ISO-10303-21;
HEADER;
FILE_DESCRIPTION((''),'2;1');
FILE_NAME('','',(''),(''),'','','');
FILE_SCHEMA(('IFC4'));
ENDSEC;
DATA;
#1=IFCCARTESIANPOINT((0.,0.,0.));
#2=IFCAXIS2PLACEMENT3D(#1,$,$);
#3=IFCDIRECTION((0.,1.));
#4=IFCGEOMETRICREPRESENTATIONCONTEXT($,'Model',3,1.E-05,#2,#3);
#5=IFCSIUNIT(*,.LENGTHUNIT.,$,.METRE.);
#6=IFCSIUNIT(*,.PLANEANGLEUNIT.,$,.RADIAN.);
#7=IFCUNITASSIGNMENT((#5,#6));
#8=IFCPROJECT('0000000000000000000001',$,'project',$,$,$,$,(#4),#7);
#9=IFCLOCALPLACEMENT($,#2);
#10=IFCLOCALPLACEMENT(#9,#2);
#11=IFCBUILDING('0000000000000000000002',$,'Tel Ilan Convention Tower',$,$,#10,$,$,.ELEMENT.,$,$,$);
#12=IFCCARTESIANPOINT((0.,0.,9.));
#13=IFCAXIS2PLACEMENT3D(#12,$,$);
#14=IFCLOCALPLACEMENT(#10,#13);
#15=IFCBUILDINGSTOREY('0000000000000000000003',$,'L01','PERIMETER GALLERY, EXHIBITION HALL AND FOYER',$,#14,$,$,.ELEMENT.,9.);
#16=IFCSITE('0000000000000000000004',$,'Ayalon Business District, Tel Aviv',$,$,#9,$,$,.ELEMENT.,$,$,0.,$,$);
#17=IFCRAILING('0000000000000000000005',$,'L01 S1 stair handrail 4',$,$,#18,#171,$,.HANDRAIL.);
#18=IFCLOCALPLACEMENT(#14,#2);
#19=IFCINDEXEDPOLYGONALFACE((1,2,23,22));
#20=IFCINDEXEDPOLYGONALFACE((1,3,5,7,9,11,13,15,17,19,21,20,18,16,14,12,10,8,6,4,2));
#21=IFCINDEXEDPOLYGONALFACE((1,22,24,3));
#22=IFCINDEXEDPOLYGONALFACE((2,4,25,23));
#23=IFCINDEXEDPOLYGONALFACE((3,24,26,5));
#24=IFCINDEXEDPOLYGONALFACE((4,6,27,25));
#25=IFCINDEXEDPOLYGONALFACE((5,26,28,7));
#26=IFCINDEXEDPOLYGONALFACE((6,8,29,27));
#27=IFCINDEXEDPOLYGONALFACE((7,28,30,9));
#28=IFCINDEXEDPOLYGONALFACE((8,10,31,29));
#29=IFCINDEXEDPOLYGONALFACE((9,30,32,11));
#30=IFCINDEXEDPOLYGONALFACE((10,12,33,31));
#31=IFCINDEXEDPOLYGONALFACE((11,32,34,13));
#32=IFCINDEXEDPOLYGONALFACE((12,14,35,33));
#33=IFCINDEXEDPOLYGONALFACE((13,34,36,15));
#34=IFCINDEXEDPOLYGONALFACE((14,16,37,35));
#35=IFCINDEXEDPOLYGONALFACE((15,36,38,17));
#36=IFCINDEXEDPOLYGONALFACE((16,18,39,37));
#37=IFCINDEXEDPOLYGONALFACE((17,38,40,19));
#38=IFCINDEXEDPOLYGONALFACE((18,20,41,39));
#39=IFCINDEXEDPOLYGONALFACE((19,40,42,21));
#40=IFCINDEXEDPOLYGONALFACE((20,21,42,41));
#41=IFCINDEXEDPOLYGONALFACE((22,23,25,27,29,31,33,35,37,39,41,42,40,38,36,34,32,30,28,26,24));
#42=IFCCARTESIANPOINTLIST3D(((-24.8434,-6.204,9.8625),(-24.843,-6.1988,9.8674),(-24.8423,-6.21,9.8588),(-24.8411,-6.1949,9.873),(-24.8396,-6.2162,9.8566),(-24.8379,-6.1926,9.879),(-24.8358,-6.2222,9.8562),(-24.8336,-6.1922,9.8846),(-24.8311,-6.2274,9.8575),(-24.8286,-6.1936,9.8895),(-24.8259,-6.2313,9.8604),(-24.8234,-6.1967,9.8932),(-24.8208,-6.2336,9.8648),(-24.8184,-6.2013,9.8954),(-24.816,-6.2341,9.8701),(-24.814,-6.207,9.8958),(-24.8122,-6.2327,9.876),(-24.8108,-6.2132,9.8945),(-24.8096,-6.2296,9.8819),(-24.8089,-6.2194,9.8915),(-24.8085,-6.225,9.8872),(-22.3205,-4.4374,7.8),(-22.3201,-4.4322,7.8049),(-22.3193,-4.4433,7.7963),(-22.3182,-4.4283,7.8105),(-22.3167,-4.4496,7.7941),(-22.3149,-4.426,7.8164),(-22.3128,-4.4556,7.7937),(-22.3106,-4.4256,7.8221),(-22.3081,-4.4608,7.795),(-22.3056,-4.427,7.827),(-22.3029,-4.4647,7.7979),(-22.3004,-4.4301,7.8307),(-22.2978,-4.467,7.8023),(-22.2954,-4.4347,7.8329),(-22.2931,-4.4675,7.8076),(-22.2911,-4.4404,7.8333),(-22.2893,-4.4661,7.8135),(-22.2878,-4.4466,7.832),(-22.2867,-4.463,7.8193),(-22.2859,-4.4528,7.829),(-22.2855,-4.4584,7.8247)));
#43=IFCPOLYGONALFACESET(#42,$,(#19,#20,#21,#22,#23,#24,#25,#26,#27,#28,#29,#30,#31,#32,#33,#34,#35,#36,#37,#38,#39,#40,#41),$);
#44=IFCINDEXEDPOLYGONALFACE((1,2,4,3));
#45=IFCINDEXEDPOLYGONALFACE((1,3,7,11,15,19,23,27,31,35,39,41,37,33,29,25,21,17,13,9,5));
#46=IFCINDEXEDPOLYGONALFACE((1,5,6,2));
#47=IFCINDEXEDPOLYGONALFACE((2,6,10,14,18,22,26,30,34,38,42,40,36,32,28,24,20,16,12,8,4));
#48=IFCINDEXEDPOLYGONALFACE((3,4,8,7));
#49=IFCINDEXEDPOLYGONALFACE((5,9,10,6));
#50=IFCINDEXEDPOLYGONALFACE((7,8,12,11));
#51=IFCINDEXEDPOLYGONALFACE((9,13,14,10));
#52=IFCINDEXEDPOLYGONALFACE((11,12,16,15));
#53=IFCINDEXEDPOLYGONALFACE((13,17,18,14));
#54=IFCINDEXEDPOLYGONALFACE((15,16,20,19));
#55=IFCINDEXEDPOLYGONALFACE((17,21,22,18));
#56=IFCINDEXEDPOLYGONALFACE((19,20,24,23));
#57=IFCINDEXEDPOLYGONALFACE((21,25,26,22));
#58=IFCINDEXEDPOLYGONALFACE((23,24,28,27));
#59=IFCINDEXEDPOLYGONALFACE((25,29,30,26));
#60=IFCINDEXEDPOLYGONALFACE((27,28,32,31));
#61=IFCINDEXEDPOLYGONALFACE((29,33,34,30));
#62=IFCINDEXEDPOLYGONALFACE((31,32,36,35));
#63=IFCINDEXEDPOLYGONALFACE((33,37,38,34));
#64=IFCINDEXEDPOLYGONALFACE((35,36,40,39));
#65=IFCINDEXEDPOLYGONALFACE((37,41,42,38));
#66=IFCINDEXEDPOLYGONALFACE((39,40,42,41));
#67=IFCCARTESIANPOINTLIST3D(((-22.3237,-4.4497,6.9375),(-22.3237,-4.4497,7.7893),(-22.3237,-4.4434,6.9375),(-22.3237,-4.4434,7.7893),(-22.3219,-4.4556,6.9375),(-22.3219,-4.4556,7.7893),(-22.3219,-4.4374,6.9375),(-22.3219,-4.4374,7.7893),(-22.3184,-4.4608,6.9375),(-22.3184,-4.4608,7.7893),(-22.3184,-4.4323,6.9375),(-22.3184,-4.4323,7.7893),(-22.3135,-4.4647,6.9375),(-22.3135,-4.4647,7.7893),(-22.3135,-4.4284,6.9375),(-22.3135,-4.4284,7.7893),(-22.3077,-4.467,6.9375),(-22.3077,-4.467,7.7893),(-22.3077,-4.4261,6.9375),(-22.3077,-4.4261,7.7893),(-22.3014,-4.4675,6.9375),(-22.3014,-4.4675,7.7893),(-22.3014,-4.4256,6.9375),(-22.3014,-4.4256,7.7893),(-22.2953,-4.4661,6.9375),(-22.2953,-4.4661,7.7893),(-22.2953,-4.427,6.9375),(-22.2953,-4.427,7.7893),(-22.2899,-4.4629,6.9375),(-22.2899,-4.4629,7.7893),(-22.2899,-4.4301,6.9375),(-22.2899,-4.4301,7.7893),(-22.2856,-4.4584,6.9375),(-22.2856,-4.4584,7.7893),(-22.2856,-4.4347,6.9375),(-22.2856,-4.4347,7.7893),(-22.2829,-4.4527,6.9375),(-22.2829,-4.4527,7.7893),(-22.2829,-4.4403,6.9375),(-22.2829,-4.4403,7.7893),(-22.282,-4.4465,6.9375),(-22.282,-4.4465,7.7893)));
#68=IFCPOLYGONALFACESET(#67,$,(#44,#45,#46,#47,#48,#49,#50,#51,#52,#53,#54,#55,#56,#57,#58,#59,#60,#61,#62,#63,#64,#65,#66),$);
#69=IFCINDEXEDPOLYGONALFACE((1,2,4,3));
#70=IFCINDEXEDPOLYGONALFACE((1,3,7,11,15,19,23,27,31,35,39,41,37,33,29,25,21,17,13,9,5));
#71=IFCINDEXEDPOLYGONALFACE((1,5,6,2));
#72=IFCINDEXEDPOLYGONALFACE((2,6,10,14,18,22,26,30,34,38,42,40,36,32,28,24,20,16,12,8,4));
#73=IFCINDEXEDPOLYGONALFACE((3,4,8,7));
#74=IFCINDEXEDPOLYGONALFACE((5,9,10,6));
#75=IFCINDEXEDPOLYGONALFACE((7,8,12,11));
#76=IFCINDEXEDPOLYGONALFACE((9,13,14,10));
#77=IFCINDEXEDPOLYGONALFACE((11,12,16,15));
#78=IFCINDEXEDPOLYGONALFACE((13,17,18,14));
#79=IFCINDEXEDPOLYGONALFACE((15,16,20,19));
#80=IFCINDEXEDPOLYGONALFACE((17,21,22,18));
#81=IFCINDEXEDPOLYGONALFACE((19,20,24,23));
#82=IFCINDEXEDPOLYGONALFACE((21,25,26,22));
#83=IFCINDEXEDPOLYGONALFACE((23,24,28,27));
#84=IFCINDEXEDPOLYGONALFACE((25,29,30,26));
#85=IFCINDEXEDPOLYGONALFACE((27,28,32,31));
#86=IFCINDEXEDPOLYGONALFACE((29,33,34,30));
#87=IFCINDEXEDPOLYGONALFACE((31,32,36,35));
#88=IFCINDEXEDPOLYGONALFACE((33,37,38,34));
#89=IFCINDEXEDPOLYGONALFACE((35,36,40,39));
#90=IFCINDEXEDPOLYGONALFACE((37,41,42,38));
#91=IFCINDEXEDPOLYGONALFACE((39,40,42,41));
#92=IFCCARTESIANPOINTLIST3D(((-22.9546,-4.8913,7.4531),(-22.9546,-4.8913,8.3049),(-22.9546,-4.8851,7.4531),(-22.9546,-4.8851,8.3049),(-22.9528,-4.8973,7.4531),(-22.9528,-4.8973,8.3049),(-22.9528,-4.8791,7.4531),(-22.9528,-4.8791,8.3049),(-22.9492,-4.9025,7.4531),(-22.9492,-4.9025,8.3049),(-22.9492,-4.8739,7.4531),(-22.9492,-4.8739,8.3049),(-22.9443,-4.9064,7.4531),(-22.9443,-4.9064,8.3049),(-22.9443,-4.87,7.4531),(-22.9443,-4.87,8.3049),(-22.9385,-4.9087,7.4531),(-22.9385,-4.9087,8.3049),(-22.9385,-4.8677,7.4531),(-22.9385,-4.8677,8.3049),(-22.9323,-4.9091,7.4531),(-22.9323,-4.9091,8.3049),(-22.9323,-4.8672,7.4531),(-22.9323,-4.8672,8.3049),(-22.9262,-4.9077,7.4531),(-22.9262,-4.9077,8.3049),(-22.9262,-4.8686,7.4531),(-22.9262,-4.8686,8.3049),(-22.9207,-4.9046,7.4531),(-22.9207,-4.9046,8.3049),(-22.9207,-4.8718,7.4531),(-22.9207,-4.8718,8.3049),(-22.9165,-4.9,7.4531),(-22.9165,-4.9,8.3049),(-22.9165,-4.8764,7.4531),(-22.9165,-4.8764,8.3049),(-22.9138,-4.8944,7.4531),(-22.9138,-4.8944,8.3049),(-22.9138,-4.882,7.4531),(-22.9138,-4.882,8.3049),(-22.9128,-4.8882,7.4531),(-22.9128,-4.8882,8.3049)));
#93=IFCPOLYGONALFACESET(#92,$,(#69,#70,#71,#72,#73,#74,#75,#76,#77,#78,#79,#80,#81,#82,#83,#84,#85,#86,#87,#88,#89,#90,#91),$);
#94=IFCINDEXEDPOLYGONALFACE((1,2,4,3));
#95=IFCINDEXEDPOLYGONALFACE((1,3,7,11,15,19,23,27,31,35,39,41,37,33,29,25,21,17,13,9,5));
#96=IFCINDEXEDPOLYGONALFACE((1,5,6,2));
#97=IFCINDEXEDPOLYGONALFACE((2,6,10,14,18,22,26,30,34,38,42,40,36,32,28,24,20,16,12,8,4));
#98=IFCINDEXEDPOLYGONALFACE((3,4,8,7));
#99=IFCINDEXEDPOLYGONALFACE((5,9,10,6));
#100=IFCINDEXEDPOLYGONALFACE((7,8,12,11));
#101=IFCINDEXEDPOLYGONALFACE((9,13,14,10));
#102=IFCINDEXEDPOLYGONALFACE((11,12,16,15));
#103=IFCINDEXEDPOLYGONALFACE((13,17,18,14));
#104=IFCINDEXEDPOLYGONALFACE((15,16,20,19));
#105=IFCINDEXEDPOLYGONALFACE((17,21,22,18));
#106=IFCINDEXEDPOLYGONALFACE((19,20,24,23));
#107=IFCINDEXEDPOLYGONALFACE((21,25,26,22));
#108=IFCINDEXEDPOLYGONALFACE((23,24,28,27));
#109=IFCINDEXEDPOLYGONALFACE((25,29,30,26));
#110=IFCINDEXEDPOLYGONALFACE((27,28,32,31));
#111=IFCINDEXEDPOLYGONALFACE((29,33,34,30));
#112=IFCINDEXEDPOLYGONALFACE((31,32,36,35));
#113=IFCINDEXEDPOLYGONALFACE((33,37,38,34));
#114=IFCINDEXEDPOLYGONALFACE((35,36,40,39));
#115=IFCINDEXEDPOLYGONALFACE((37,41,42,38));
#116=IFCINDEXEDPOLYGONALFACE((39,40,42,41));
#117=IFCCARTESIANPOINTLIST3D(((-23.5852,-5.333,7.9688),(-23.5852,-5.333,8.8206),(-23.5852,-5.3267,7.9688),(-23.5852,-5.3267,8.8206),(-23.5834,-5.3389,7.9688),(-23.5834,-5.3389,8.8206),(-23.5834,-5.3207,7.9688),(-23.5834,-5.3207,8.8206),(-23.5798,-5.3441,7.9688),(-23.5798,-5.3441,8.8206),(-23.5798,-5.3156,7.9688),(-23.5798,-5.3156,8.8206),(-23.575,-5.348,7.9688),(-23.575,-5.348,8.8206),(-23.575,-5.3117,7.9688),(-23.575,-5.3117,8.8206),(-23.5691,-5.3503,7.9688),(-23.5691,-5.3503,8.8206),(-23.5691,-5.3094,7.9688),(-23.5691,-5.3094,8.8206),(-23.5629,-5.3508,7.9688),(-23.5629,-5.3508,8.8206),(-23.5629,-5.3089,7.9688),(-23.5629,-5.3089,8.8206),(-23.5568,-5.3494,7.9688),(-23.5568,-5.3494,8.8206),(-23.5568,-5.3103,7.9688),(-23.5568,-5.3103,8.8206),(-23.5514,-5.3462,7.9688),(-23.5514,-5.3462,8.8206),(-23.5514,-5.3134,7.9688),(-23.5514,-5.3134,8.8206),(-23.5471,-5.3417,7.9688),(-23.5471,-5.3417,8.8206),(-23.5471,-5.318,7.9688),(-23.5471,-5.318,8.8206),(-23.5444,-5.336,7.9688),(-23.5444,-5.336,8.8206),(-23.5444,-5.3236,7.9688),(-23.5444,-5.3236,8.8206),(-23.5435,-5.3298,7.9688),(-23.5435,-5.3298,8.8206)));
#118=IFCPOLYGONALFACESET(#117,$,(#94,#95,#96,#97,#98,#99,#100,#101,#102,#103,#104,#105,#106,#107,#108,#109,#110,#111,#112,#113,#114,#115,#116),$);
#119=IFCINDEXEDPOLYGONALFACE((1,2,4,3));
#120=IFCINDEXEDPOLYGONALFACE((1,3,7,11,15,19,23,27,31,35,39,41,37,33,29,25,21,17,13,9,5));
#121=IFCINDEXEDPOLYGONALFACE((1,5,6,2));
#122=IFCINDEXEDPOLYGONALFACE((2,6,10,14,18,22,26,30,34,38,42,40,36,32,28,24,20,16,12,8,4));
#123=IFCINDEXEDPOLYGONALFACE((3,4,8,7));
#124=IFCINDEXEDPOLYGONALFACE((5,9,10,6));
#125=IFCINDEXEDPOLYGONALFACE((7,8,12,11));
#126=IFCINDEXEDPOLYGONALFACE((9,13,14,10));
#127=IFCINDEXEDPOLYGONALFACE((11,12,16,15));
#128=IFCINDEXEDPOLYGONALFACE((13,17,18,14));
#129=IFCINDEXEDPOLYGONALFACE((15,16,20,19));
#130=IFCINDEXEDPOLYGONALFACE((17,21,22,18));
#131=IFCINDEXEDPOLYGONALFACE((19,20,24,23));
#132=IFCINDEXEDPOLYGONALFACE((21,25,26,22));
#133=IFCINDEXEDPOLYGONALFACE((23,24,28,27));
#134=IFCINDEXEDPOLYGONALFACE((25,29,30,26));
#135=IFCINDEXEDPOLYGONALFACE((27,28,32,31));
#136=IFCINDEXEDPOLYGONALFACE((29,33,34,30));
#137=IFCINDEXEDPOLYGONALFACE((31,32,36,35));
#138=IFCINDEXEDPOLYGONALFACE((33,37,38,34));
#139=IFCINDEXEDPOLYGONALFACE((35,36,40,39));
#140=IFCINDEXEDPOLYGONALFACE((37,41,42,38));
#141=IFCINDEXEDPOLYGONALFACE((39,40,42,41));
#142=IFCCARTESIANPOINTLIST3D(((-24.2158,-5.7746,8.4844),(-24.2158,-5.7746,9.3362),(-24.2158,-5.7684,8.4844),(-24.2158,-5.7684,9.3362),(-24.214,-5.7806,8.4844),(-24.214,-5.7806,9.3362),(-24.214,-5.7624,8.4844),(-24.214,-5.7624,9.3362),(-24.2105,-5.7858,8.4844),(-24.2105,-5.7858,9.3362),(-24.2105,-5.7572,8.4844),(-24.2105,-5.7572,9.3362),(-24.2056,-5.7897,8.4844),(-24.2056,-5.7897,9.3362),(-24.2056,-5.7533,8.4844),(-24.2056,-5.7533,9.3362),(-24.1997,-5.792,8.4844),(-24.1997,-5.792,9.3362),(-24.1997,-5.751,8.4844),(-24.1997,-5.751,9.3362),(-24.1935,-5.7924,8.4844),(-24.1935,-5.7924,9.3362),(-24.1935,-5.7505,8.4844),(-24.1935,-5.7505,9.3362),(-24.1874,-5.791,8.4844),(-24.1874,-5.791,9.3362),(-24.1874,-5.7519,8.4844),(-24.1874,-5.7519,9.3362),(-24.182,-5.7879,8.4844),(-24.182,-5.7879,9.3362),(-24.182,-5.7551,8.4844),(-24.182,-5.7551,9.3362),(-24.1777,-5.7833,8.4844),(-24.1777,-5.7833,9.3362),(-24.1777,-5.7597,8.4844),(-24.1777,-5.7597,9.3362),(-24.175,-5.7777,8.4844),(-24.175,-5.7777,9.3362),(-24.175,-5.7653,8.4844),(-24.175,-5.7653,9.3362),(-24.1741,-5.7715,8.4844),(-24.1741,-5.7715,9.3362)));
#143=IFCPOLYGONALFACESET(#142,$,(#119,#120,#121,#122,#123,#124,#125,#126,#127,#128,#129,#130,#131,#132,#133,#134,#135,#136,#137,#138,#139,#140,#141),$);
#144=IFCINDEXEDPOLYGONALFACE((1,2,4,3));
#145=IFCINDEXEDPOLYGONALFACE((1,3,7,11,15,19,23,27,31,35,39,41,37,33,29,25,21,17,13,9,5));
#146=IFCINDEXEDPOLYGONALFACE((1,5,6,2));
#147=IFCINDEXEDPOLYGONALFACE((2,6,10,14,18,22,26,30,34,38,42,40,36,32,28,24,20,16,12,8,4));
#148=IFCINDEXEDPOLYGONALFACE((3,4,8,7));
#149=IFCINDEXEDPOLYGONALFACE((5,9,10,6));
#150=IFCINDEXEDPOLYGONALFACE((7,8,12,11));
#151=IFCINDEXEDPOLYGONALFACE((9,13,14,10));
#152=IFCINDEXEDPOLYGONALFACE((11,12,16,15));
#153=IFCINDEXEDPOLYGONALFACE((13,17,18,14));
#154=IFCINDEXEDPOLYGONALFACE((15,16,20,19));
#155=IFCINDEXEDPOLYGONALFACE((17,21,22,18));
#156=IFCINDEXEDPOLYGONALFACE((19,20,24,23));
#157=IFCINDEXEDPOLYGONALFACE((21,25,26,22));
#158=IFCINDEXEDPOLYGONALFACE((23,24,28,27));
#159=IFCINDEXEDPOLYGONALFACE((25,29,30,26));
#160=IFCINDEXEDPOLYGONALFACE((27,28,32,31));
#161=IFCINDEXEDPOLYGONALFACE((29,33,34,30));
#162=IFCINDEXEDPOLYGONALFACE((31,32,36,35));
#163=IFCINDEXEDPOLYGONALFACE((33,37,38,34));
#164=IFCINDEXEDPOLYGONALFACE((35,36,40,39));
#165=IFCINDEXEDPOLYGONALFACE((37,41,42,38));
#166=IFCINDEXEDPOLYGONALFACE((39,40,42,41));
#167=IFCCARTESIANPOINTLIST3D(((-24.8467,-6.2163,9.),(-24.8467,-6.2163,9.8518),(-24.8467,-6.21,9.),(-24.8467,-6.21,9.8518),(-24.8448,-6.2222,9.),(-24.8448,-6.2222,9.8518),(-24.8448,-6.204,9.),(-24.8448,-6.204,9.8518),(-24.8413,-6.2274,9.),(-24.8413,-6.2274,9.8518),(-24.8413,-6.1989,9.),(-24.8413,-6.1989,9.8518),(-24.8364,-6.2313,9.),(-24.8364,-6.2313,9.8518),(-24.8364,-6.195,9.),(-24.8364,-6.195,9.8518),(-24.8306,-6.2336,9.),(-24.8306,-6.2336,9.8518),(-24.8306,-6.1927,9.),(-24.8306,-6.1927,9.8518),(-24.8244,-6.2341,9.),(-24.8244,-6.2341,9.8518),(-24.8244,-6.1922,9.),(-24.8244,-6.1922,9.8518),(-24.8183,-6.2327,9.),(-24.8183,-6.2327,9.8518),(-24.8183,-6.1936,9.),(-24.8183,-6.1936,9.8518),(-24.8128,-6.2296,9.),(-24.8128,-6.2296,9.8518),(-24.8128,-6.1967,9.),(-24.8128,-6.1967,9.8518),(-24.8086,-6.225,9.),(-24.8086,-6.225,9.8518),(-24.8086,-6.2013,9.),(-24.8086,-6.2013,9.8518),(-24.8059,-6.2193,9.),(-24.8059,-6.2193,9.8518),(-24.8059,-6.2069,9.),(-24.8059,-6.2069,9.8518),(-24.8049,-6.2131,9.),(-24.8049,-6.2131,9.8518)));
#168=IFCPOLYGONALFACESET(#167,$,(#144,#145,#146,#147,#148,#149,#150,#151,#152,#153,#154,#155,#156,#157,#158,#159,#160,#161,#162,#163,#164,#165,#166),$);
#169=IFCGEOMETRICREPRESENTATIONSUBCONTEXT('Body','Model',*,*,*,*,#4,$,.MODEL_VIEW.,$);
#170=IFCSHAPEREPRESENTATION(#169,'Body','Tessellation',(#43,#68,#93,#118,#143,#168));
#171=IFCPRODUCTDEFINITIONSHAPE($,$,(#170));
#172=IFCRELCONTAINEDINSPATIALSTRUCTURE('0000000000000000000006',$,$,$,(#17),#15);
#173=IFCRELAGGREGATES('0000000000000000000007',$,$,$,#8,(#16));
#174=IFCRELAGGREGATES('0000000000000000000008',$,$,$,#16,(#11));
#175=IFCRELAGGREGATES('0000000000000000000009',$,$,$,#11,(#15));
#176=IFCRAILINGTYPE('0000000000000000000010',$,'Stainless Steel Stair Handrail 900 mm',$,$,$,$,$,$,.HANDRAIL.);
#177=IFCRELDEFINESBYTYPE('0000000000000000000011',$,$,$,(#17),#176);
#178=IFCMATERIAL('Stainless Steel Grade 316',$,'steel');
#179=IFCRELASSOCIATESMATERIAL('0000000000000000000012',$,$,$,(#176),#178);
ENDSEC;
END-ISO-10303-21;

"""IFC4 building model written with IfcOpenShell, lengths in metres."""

from ifc_helpers import new_model, si_unit, direction, frame, origin, origin_2d, place, context, subcontext, project, spatial, circle, extrude, material, type_object, element, save


model = new_model("IFC4")

# Units and contexts
model_context = context("Model", 3, precision=1e-05, world=origin(), true_north=direction((0.0, 1.0)))
body_context = subcontext(model_context, "Body", "Model", "MODEL_VIEW")
ifc_project = project(units=[si_unit("LENGTHUNIT", "METRE"), si_unit("PLANEANGLEUNIT", "RADIAN")], contexts=[model_context])

# Site, building, storey
site_placement = place(None, origin())
site = spatial("IfcSite", under=ifc_project, at=site_placement, Name="Ayalon Business District, Tel Aviv", CompositionType="ELEMENT", RefElevation=0.0)
building_placement = place(site_placement, origin())
building = spatial("IfcBuilding", under=site, at=building_placement, Name="Tel Ilan Convention Tower", CompositionType="ELEMENT")
storey_placement = place(building_placement, frame((0.0, 0.0, 9.0)))
storey = spatial("IfcBuildingStorey", under=building, at=storey_placement, Name="L01", Description="PERIMETER GALLERY, EXHIBITION HALL AND FOYER", CompositionType="ELEMENT", Elevation=9.0)

# Railing
ifc_material_1 = material(Name="Stainless Steel Grade 316", Category="steel")
railing_type_1 = type_object("IfcRailingType", Name="Stainless Steel Stair Handrail 900 mm", PredefinedType="HANDRAIL", material=ifc_material_1)
railing_1_placement = place(storey_placement, frame((-22.303, -4.4465, 6.9375)))
element("IfcRailing", 1, at=railing_1_placement, inside=storey, type_object=railing_type_1, Name="L01 S1 stair handrail 4", PredefinedType="HANDRAIL", context=body_context, shape_type="SweptSolid", body=[
    extrude(circle(Radius=0.0239, at=origin_2d()), frame((0.0, 0.0, 0.876), z_axis=(-0.680635, -0.476589, 0.556416), x_axis=(0.573579, -0.81915, 0.0)), (0.0, 0.0, 1.0), 3.7068),
    extrude(circle(Radius=0.021, at=origin_2d()), origin(), (0.0, 0.0, 1.0), 0.8518),
    extrude(circle(Radius=0.021, at=origin_2d()), frame((-0.6309, -0.4417, 0.5156)), (0.0, 0.0, 1.0), 0.8518),
    extrude(circle(Radius=0.021, at=origin_2d()), frame((-1.2615, -0.8833, 1.0312)), (0.0, 0.0, 1.0), 0.8518),
    extrude(circle(Radius=0.021, at=origin_2d()), frame((-1.8921, -1.325, 1.5469)), (0.0, 0.0, 1.0), 0.8518),
    extrude(circle(Radius=0.021, at=origin_2d()), frame((-2.5229, -1.7666, 2.0625)), (0.0, 0.0, 1.0), 0.8518),
])

save(model, "model.ifc")
